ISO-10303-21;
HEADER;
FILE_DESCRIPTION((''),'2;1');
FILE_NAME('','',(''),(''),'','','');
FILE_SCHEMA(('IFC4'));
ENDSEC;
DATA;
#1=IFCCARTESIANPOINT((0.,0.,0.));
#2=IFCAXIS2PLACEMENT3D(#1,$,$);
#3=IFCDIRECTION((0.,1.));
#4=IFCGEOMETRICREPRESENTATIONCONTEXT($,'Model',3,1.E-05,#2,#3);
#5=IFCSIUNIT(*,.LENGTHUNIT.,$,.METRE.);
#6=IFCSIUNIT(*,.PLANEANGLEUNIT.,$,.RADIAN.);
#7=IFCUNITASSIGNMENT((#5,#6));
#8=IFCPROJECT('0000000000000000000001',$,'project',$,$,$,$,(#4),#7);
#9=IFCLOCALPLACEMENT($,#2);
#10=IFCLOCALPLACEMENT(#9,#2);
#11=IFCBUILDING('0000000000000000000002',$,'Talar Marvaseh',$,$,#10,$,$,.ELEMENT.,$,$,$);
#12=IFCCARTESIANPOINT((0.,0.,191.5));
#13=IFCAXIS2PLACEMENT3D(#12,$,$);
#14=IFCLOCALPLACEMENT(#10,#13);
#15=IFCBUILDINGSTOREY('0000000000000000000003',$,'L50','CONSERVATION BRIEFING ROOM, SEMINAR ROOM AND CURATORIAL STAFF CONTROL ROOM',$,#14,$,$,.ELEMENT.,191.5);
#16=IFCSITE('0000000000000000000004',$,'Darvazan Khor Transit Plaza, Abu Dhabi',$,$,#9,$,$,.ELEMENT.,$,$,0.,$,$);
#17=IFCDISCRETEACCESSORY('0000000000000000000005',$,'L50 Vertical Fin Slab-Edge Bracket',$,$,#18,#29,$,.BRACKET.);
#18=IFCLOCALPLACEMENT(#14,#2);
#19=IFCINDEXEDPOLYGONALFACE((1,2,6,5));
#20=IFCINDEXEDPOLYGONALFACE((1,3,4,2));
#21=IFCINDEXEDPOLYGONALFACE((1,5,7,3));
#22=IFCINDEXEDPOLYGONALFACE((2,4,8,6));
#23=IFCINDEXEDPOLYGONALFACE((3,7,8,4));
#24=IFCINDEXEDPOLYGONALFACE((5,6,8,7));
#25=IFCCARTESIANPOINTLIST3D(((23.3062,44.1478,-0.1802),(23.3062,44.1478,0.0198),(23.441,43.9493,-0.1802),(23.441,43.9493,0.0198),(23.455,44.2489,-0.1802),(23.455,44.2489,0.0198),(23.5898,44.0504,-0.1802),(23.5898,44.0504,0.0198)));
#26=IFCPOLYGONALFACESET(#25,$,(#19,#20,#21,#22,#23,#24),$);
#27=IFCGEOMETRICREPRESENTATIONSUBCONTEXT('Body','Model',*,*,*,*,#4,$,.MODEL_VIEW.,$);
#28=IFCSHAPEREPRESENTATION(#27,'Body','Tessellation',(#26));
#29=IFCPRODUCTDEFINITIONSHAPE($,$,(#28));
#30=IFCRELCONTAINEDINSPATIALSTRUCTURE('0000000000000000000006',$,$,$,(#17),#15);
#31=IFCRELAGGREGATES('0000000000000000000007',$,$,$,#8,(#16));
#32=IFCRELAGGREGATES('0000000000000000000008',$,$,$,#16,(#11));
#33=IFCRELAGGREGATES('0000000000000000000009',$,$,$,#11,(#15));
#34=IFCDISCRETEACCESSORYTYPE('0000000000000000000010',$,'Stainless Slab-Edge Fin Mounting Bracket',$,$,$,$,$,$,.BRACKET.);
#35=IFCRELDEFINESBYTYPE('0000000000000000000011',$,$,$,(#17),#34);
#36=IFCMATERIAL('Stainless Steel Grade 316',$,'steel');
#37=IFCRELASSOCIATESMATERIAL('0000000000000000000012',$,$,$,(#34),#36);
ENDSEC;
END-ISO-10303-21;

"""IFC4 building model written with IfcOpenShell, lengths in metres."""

from ifc_helpers import new_model, si_unit, direction, frame, origin, origin_2d, place, context, subcontext, project, spatial, rectangle, extrude, source, transform, mapped, material, type_object, type_shapes, element, save


model = new_model("IFC4")

# Units and contexts
model_context = context("Model", 3, precision=1e-05, world=origin(), true_north=direction((0.0, 1.0)))
body_context = subcontext(model_context, "Body", "Model", "MODEL_VIEW")
ifc_project = project(units=[si_unit("LENGTHUNIT", "METRE"), si_unit("PLANEANGLEUNIT", "RADIAN")], contexts=[model_context])

# Site, building, storey
site_placement = place(None, origin())
site = spatial("IfcSite", under=ifc_project, at=site_placement, Name="Darvazan Khor Transit Plaza, Abu Dhabi", CompositionType="ELEMENT", RefElevation=0.0)
building_placement = place(site_placement, origin())
building = spatial("IfcBuilding", under=site, at=building_placement, Name="Talar Marvaseh", CompositionType="ELEMENT")
storey_placement = place(building_placement, frame((0.0, 0.0, 191.5)))
storey = spatial("IfcBuildingStorey", under=building, at=storey_placement, Name="L50", Description="CONSERVATION BRIEFING ROOM, SEMINAR ROOM AND CURATORIAL STAFF CONTROL ROOM", CompositionType="ELEMENT", Elevation=191.5)

# Discrete accessory
ifc_material_1 = material(Name="Stainless Steel Grade 316", Category="steel")
discrete_accessory_type = type_object("IfcDiscreteAccessoryType", Name="Stainless Slab-Edge Fin Mounting Bracket", PredefinedType="BRACKET", material=ifc_material_1)
shared_shape_1 = source(origin(), body_context, "Body", "SweptSolid", [
    extrude(rectangle(XDim=0.24, YDim=0.1799, at=origin_2d()), origin(), (0.0, 0.0, 1.0), 0.2),
])
type_shapes(discrete_accessory_type, [shared_shape_1])
for number, where, z_axis, x_axis, name in (
    (1, (23.448, 44.0991, -0.1802), (0.0, 0.0, 1.0), (-0.561795, 0.827277, 0.0), "L50 Vertical Fin Slab-Edge Bracket"),
):
    element("IfcDiscreteAccessory", number, at=place(storey_placement, frame(where, z_axis=z_axis, x_axis=x_axis)), inside=storey, type_object=discrete_accessory_type, Name=name, PredefinedType="BRACKET", context=body_context, shape_type="MappedRepresentation", body=[
        mapped(shared_shape_1, transform((0.0, 0.0, 0.0), x_axis=(1.0, 0.0, 0.0), y_axis=(0.0, 1.0, 0.0), z_axis=(0.0, 0.0, 1.0), scale=1.0)),
    ])

save(model, "model.ifc")
